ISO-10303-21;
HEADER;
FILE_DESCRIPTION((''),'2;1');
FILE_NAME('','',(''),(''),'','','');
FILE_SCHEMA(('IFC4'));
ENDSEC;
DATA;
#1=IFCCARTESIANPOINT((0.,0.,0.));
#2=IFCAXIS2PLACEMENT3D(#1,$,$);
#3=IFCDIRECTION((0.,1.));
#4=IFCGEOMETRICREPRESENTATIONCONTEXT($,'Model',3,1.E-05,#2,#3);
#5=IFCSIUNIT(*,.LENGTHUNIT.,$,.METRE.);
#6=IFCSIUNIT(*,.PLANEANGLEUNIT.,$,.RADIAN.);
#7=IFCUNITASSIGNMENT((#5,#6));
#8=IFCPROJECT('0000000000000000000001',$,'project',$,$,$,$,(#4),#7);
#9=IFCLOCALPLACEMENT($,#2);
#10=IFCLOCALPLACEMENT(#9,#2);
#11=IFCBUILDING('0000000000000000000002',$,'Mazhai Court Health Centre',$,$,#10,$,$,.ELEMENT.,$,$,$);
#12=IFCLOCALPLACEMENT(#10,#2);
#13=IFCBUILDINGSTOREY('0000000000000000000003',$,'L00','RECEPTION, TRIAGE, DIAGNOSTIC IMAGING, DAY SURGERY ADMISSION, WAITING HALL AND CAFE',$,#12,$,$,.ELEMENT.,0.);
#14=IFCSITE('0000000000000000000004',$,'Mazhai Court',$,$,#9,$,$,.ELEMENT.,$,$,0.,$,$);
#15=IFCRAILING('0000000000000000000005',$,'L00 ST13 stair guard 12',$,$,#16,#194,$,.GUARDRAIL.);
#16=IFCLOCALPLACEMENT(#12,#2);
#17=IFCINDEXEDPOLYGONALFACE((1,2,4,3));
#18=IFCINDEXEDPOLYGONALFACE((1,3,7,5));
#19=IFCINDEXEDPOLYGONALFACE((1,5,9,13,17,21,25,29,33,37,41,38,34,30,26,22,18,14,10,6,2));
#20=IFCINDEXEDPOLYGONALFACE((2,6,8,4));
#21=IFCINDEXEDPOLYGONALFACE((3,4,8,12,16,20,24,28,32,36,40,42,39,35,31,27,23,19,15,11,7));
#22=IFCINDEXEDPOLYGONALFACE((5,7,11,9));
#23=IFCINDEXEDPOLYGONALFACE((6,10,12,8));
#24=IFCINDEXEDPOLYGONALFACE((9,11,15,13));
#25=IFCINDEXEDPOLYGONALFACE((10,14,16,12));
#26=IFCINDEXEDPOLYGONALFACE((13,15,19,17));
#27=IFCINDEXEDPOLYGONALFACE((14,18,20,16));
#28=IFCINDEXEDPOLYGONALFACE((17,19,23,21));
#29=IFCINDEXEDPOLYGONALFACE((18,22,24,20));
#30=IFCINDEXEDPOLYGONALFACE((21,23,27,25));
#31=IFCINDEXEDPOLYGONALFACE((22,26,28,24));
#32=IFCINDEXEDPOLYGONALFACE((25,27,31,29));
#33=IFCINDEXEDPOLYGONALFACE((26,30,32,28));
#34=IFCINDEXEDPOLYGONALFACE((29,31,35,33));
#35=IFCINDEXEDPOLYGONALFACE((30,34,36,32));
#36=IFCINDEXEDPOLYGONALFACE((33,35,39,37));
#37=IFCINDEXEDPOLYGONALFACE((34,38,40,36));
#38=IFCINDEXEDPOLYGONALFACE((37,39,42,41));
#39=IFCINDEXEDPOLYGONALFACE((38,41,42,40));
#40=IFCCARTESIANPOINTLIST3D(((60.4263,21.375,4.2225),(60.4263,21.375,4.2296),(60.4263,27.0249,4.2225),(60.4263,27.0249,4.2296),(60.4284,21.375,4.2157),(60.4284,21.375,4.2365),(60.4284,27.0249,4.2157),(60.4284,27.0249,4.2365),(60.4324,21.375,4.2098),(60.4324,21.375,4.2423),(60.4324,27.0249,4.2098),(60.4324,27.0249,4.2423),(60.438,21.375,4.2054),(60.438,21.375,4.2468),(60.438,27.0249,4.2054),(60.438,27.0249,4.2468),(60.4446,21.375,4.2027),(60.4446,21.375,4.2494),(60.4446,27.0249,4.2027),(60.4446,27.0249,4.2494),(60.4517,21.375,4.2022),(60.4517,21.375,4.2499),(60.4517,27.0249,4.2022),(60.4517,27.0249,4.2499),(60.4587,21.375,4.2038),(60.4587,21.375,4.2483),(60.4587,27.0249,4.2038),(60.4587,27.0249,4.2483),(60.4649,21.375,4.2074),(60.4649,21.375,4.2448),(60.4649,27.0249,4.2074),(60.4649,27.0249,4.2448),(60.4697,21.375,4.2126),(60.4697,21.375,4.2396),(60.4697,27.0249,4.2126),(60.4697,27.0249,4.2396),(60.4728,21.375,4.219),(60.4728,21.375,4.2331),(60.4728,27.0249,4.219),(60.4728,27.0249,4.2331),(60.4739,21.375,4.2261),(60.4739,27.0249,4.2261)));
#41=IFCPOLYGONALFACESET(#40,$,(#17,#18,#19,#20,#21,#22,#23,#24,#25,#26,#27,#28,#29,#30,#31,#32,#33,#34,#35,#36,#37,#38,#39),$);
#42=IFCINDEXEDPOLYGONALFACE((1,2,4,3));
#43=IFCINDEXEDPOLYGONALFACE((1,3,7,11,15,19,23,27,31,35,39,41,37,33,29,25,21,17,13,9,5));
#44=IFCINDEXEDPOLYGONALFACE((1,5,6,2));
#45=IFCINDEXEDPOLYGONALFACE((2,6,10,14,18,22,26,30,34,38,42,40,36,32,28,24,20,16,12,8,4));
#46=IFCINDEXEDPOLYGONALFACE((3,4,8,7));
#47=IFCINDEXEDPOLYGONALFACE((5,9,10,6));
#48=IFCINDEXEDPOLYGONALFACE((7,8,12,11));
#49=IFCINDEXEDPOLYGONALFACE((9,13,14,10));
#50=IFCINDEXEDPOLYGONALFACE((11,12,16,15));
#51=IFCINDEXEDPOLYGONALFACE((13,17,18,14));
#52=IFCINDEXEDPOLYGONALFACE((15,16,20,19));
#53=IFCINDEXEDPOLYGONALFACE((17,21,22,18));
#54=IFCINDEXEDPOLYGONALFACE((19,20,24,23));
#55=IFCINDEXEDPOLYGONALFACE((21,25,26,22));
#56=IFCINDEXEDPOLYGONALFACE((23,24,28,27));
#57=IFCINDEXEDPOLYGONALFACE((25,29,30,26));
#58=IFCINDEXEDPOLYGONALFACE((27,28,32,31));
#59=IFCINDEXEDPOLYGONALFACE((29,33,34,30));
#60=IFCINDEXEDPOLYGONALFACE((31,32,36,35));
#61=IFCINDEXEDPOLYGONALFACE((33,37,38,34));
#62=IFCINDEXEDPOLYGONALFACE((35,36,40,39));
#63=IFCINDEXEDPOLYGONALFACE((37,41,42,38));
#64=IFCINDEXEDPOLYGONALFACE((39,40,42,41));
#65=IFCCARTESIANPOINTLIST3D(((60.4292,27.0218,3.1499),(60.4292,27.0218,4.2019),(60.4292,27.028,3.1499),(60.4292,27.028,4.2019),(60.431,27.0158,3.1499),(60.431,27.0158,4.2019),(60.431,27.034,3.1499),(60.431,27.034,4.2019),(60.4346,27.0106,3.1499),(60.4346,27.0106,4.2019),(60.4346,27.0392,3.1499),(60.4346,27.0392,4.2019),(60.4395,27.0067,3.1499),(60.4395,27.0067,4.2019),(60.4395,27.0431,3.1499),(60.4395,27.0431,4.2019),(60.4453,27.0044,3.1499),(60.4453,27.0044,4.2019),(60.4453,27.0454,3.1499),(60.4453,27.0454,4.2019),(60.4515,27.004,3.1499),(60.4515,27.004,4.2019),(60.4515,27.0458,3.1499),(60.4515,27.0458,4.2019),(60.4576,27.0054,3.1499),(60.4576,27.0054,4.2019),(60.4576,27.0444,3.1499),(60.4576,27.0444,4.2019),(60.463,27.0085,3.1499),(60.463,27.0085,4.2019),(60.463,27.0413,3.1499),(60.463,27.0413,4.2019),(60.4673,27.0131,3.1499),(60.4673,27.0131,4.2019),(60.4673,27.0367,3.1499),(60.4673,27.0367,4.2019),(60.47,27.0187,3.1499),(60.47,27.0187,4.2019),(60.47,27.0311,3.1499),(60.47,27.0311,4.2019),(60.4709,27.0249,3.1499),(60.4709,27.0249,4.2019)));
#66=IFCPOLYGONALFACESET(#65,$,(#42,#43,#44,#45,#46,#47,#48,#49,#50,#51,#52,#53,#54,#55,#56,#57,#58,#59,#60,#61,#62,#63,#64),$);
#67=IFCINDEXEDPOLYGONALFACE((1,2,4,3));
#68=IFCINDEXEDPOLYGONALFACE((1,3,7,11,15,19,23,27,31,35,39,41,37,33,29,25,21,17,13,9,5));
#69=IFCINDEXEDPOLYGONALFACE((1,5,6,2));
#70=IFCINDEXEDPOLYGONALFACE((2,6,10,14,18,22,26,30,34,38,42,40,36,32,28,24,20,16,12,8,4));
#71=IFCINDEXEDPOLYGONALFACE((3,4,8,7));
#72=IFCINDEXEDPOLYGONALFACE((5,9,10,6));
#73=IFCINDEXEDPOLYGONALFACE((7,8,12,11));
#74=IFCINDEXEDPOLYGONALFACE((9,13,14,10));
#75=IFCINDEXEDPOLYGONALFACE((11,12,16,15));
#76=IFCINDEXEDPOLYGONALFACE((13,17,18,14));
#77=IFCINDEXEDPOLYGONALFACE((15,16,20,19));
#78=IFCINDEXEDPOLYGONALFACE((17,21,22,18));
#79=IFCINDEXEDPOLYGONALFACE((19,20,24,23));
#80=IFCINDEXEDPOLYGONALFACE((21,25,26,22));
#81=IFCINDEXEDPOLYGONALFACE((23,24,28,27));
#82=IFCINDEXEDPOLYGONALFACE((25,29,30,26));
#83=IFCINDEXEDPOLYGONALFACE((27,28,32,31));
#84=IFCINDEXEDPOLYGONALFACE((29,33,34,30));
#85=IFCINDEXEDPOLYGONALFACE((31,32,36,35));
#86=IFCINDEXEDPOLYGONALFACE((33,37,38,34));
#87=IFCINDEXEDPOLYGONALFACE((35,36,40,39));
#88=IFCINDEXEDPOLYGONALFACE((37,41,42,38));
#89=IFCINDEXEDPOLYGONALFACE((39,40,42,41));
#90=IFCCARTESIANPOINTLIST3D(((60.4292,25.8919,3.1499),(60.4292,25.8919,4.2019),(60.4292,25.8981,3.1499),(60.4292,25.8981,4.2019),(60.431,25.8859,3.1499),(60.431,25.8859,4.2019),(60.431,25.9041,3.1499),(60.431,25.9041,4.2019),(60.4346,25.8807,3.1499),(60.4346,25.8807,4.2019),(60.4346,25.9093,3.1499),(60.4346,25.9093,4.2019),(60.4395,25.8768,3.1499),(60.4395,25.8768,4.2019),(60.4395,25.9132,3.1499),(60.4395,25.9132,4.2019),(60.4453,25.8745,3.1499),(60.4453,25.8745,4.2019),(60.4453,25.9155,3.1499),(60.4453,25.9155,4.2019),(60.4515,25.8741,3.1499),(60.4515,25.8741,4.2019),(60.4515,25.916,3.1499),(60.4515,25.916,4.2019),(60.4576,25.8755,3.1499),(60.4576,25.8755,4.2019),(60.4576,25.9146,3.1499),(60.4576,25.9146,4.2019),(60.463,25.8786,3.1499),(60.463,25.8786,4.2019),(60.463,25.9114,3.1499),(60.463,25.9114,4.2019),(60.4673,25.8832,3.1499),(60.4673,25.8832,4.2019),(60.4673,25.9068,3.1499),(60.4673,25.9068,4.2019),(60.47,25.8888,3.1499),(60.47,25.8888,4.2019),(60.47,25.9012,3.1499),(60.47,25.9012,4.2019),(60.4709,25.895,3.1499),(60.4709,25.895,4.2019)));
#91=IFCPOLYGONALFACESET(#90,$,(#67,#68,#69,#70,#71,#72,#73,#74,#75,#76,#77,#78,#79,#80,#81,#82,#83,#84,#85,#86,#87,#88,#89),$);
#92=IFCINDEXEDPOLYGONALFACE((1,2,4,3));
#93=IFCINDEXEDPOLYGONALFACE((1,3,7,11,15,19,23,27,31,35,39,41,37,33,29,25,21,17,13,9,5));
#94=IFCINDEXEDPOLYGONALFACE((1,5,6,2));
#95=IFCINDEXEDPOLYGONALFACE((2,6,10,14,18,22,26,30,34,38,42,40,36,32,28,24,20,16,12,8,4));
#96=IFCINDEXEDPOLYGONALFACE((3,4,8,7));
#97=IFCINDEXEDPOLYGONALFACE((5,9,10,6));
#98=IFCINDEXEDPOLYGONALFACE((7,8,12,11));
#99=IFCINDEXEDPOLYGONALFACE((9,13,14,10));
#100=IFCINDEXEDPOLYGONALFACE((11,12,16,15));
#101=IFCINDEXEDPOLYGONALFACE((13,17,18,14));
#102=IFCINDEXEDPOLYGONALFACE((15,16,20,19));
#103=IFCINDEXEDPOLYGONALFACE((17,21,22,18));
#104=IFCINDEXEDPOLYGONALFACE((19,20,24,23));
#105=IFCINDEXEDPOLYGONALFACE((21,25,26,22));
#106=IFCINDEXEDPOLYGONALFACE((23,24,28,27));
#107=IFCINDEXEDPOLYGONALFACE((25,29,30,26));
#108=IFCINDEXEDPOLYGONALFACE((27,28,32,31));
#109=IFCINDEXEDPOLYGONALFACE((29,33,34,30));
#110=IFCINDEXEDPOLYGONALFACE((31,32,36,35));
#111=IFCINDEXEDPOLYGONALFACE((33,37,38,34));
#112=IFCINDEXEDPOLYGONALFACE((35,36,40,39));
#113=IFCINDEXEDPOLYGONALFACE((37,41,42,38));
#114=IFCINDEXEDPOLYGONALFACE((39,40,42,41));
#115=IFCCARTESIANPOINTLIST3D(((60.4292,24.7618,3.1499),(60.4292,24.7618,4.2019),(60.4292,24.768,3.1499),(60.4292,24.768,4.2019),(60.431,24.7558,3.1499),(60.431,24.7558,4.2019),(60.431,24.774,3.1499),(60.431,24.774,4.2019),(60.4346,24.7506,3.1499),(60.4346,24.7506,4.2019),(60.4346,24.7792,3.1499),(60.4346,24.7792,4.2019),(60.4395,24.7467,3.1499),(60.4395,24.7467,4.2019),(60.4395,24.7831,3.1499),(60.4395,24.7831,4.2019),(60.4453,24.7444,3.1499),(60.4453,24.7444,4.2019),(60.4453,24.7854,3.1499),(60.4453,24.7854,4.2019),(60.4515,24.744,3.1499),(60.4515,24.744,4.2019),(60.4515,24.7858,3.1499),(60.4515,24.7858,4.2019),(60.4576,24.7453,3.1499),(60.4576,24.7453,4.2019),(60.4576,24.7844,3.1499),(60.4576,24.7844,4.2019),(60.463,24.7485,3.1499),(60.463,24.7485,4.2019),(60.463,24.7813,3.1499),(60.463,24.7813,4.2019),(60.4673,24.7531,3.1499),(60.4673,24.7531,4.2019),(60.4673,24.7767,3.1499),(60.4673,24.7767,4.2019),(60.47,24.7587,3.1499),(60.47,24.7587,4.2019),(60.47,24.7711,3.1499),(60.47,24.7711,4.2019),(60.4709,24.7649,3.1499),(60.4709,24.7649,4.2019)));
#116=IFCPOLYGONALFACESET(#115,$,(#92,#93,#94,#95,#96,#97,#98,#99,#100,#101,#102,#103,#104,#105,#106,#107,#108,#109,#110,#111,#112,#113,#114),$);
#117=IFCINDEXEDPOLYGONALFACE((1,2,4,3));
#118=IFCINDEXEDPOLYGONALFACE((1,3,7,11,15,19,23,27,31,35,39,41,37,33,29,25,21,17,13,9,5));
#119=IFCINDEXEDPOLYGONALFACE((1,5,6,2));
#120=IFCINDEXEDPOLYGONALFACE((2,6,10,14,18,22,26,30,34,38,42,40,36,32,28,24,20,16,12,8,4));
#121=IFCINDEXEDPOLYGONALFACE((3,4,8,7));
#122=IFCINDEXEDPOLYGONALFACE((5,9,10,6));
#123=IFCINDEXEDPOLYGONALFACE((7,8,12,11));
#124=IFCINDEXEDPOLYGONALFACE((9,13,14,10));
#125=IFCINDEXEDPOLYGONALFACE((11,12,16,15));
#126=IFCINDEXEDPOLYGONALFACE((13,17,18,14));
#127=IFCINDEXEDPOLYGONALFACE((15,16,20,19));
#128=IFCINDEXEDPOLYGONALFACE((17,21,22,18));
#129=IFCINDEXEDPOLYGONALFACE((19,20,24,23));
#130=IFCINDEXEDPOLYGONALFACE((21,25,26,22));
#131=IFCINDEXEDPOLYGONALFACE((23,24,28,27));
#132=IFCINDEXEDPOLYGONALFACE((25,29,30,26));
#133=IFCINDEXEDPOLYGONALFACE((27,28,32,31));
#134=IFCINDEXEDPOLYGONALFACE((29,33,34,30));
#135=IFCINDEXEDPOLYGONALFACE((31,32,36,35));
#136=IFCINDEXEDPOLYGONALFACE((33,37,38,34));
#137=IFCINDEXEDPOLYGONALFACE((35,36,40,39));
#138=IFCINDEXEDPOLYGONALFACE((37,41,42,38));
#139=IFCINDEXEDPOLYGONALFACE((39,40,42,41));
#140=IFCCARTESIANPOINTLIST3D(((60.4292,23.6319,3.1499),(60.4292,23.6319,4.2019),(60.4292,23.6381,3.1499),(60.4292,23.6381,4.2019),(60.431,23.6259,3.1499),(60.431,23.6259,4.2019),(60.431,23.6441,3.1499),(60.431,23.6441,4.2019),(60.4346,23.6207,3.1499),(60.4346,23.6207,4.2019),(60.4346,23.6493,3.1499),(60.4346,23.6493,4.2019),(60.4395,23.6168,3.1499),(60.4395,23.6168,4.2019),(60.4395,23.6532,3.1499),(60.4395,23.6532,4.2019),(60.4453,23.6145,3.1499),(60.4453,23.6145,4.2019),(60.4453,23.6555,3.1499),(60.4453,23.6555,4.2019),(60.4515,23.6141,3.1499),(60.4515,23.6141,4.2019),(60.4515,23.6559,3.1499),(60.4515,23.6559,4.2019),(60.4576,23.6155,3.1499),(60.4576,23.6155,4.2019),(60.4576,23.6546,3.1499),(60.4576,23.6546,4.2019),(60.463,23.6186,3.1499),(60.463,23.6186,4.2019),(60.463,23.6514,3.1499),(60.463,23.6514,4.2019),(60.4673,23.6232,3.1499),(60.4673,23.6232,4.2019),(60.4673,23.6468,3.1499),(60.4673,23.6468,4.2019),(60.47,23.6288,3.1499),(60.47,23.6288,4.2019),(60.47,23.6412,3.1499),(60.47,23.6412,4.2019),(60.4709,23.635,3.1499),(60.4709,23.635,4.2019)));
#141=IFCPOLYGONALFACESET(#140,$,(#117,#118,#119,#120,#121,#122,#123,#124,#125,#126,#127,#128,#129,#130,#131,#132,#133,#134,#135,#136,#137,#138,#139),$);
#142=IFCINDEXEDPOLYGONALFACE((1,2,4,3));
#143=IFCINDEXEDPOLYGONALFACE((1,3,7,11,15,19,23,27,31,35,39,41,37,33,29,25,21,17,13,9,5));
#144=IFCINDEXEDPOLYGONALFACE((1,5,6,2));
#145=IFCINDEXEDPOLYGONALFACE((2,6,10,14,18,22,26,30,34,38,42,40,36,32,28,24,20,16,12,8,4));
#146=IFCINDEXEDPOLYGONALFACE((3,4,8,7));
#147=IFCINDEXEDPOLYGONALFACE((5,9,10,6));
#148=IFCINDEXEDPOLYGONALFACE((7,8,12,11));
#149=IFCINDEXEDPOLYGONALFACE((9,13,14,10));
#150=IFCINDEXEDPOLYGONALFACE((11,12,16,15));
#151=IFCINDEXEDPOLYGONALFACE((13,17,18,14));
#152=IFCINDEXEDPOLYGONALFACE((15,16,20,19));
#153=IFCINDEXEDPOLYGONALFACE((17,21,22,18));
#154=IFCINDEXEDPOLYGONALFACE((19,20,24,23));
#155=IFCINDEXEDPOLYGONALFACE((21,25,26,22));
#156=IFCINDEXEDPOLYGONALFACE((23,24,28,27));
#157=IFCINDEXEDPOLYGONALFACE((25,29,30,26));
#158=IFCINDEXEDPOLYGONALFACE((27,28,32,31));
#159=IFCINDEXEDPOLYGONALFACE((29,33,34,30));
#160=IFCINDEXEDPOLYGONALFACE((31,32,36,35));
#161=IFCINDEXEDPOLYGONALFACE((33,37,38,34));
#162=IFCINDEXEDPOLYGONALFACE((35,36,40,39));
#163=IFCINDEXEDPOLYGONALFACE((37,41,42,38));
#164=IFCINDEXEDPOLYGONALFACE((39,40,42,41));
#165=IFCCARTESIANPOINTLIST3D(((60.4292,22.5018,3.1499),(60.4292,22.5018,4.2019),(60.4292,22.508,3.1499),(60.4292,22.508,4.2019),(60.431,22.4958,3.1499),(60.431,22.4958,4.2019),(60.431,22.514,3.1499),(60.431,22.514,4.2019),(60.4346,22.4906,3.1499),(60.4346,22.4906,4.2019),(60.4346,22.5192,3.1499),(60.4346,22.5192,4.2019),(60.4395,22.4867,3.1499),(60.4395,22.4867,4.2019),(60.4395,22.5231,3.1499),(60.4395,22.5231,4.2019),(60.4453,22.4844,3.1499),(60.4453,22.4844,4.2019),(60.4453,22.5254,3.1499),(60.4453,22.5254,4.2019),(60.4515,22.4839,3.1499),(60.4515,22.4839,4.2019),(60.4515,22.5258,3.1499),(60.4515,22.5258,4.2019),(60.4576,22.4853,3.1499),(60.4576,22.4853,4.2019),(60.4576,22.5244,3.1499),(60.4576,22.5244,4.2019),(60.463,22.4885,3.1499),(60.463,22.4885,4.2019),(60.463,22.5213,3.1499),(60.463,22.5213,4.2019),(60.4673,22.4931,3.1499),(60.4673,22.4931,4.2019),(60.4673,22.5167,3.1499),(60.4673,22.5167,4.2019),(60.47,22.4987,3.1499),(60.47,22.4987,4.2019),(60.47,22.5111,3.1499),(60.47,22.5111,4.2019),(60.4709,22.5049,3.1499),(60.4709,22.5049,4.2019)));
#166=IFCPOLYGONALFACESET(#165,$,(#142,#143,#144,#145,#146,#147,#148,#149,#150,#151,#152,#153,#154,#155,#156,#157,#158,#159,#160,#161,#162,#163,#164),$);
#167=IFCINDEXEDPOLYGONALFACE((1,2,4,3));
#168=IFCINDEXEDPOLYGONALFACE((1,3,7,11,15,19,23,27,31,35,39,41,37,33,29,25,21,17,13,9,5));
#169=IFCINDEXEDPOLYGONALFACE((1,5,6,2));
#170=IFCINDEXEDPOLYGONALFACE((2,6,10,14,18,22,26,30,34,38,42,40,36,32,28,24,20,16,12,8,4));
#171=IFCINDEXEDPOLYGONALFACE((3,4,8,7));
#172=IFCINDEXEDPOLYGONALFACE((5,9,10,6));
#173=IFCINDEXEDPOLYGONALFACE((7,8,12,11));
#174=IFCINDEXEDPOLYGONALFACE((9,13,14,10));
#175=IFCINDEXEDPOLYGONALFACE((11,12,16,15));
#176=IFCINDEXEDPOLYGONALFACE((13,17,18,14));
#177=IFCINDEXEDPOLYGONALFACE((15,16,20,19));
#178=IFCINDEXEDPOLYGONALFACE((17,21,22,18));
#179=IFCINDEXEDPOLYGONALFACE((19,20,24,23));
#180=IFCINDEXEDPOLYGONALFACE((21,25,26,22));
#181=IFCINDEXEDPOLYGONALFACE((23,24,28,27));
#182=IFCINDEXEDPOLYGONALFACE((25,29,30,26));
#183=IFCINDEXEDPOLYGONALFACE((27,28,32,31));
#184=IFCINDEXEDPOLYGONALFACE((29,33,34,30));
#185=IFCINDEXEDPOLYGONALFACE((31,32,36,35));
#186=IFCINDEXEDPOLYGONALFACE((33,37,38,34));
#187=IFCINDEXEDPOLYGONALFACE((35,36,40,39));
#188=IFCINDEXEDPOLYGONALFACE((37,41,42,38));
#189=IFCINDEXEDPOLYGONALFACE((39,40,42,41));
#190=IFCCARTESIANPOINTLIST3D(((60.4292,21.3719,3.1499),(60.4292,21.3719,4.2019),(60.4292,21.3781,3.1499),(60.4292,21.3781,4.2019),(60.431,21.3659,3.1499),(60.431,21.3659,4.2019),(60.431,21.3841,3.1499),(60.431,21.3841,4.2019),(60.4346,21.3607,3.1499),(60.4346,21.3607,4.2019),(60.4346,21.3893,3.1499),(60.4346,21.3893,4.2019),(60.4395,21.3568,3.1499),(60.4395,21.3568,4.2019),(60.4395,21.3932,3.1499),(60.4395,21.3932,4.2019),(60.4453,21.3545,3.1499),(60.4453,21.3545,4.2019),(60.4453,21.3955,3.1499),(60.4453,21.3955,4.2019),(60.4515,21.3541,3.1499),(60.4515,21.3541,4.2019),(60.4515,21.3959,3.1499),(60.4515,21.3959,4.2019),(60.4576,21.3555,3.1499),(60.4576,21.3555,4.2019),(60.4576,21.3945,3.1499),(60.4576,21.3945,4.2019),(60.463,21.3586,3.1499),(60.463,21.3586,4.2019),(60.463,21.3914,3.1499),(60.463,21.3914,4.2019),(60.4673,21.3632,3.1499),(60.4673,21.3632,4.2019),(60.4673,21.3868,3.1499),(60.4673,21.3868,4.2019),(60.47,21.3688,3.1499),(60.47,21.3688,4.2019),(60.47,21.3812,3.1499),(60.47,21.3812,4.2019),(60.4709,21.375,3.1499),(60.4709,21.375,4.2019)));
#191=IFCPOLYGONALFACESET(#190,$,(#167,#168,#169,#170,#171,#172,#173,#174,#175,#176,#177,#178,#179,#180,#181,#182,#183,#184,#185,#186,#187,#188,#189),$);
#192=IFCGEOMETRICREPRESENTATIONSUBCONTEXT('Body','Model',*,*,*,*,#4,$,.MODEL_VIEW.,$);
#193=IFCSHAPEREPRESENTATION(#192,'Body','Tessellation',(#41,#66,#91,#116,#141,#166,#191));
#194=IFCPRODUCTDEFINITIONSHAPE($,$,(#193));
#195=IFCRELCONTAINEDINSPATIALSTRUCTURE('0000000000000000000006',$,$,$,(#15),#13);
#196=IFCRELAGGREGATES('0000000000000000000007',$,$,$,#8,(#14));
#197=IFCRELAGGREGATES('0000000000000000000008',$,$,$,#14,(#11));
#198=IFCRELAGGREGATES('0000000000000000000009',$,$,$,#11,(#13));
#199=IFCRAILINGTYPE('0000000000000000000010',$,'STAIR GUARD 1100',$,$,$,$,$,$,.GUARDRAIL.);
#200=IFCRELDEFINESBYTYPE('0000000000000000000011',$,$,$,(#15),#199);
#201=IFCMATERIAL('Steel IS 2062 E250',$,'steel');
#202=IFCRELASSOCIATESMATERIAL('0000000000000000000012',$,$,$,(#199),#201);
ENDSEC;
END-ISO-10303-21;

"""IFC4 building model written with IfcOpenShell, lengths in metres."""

from ifc_helpers import new_model, si_unit, direction, frame, origin, origin_2d, place, context, subcontext, project, spatial, circle, extrude, material, type_object, element, save


model = new_model("IFC4")

# Units and contexts
model_context = context("Model", 3, precision=1e-05, world=origin(), true_north=direction((0.0, 1.0)))
body_context = subcontext(model_context, "Body", "Model", "MODEL_VIEW")
ifc_project = project(units=[si_unit("LENGTHUNIT", "METRE"), si_unit("PLANEANGLEUNIT", "RADIAN")], contexts=[model_context])

# Site, building, storey
site_placement = place(None, origin())
site = spatial("IfcSite", under=ifc_project, at=site_placement, Name="Mazhai Court", CompositionType="ELEMENT", RefElevation=0.0)
building_placement = place(site_placement, origin())
building = spatial("IfcBuilding", under=site, at=building_placement, Name="Mazhai Court Health Centre", CompositionType="ELEMENT")
storey_placement = place(building_placement, origin())
storey = spatial("IfcBuildingStorey", under=building, at=storey_placement, Name="L00", Description="RECEPTION, TRIAGE, DIAGNOSTIC IMAGING, DAY SURGERY ADMISSION, WAITING HALL AND CAFE", CompositionType="ELEMENT", Elevation=0.0)

# Railing
ifc_material_1 = material(Name="Steel IS 2062 E250", Category="steel")
railing_type = type_object("IfcRailingType", Name="STAIR GUARD 1100", PredefinedType="GUARDRAIL", material=ifc_material_1)
railing_1_placement = place(storey_placement, frame((60.45, 27.0249, 3.1499)))
element("IfcRailing", 1, at=railing_1_placement, inside=storey, type_object=railing_type, Name="L00 ST13 stair guard 12", PredefinedType="GUARDRAIL", context=body_context, shape_type="SweptSolid", body=[
    extrude(circle(Radius=0.0239, at=origin_2d()), frame((0.0, 0.0, 1.0762), z_axis=(0.0, -1.0, 0.0), x_axis=(1.0, 0.0, 0.0)), (0.0, 0.0, 1.0), 5.6499),
    extrude(circle(Radius=0.021, at=origin_2d()), origin(), (0.0, 0.0, 1.0), 1.052),
    extrude(circle(Radius=0.021, at=origin_2d()), frame((0.0, -1.1299, 0.0)), (0.0, 0.0, 1.0), 1.052),
    extrude(circle(Radius=0.021, at=origin_2d()), frame((0.0, -2.26, 0.0)), (0.0, 0.0, 1.0), 1.052),
    extrude(circle(Radius=0.021, at=origin_2d()), frame((0.0, -3.3899, 0.0)), (0.0, 0.0, 1.0), 1.052),
    extrude(circle(Radius=0.021, at=origin_2d()), frame((0.0, -4.52, 0.0)), (0.0, 0.0, 1.0), 1.052),
    extrude(circle(Radius=0.021, at=origin_2d()), frame((0.0, -5.6499, 0.0)), (0.0, 0.0, 1.0), 1.052),
])

save(model, "model.ifc")
